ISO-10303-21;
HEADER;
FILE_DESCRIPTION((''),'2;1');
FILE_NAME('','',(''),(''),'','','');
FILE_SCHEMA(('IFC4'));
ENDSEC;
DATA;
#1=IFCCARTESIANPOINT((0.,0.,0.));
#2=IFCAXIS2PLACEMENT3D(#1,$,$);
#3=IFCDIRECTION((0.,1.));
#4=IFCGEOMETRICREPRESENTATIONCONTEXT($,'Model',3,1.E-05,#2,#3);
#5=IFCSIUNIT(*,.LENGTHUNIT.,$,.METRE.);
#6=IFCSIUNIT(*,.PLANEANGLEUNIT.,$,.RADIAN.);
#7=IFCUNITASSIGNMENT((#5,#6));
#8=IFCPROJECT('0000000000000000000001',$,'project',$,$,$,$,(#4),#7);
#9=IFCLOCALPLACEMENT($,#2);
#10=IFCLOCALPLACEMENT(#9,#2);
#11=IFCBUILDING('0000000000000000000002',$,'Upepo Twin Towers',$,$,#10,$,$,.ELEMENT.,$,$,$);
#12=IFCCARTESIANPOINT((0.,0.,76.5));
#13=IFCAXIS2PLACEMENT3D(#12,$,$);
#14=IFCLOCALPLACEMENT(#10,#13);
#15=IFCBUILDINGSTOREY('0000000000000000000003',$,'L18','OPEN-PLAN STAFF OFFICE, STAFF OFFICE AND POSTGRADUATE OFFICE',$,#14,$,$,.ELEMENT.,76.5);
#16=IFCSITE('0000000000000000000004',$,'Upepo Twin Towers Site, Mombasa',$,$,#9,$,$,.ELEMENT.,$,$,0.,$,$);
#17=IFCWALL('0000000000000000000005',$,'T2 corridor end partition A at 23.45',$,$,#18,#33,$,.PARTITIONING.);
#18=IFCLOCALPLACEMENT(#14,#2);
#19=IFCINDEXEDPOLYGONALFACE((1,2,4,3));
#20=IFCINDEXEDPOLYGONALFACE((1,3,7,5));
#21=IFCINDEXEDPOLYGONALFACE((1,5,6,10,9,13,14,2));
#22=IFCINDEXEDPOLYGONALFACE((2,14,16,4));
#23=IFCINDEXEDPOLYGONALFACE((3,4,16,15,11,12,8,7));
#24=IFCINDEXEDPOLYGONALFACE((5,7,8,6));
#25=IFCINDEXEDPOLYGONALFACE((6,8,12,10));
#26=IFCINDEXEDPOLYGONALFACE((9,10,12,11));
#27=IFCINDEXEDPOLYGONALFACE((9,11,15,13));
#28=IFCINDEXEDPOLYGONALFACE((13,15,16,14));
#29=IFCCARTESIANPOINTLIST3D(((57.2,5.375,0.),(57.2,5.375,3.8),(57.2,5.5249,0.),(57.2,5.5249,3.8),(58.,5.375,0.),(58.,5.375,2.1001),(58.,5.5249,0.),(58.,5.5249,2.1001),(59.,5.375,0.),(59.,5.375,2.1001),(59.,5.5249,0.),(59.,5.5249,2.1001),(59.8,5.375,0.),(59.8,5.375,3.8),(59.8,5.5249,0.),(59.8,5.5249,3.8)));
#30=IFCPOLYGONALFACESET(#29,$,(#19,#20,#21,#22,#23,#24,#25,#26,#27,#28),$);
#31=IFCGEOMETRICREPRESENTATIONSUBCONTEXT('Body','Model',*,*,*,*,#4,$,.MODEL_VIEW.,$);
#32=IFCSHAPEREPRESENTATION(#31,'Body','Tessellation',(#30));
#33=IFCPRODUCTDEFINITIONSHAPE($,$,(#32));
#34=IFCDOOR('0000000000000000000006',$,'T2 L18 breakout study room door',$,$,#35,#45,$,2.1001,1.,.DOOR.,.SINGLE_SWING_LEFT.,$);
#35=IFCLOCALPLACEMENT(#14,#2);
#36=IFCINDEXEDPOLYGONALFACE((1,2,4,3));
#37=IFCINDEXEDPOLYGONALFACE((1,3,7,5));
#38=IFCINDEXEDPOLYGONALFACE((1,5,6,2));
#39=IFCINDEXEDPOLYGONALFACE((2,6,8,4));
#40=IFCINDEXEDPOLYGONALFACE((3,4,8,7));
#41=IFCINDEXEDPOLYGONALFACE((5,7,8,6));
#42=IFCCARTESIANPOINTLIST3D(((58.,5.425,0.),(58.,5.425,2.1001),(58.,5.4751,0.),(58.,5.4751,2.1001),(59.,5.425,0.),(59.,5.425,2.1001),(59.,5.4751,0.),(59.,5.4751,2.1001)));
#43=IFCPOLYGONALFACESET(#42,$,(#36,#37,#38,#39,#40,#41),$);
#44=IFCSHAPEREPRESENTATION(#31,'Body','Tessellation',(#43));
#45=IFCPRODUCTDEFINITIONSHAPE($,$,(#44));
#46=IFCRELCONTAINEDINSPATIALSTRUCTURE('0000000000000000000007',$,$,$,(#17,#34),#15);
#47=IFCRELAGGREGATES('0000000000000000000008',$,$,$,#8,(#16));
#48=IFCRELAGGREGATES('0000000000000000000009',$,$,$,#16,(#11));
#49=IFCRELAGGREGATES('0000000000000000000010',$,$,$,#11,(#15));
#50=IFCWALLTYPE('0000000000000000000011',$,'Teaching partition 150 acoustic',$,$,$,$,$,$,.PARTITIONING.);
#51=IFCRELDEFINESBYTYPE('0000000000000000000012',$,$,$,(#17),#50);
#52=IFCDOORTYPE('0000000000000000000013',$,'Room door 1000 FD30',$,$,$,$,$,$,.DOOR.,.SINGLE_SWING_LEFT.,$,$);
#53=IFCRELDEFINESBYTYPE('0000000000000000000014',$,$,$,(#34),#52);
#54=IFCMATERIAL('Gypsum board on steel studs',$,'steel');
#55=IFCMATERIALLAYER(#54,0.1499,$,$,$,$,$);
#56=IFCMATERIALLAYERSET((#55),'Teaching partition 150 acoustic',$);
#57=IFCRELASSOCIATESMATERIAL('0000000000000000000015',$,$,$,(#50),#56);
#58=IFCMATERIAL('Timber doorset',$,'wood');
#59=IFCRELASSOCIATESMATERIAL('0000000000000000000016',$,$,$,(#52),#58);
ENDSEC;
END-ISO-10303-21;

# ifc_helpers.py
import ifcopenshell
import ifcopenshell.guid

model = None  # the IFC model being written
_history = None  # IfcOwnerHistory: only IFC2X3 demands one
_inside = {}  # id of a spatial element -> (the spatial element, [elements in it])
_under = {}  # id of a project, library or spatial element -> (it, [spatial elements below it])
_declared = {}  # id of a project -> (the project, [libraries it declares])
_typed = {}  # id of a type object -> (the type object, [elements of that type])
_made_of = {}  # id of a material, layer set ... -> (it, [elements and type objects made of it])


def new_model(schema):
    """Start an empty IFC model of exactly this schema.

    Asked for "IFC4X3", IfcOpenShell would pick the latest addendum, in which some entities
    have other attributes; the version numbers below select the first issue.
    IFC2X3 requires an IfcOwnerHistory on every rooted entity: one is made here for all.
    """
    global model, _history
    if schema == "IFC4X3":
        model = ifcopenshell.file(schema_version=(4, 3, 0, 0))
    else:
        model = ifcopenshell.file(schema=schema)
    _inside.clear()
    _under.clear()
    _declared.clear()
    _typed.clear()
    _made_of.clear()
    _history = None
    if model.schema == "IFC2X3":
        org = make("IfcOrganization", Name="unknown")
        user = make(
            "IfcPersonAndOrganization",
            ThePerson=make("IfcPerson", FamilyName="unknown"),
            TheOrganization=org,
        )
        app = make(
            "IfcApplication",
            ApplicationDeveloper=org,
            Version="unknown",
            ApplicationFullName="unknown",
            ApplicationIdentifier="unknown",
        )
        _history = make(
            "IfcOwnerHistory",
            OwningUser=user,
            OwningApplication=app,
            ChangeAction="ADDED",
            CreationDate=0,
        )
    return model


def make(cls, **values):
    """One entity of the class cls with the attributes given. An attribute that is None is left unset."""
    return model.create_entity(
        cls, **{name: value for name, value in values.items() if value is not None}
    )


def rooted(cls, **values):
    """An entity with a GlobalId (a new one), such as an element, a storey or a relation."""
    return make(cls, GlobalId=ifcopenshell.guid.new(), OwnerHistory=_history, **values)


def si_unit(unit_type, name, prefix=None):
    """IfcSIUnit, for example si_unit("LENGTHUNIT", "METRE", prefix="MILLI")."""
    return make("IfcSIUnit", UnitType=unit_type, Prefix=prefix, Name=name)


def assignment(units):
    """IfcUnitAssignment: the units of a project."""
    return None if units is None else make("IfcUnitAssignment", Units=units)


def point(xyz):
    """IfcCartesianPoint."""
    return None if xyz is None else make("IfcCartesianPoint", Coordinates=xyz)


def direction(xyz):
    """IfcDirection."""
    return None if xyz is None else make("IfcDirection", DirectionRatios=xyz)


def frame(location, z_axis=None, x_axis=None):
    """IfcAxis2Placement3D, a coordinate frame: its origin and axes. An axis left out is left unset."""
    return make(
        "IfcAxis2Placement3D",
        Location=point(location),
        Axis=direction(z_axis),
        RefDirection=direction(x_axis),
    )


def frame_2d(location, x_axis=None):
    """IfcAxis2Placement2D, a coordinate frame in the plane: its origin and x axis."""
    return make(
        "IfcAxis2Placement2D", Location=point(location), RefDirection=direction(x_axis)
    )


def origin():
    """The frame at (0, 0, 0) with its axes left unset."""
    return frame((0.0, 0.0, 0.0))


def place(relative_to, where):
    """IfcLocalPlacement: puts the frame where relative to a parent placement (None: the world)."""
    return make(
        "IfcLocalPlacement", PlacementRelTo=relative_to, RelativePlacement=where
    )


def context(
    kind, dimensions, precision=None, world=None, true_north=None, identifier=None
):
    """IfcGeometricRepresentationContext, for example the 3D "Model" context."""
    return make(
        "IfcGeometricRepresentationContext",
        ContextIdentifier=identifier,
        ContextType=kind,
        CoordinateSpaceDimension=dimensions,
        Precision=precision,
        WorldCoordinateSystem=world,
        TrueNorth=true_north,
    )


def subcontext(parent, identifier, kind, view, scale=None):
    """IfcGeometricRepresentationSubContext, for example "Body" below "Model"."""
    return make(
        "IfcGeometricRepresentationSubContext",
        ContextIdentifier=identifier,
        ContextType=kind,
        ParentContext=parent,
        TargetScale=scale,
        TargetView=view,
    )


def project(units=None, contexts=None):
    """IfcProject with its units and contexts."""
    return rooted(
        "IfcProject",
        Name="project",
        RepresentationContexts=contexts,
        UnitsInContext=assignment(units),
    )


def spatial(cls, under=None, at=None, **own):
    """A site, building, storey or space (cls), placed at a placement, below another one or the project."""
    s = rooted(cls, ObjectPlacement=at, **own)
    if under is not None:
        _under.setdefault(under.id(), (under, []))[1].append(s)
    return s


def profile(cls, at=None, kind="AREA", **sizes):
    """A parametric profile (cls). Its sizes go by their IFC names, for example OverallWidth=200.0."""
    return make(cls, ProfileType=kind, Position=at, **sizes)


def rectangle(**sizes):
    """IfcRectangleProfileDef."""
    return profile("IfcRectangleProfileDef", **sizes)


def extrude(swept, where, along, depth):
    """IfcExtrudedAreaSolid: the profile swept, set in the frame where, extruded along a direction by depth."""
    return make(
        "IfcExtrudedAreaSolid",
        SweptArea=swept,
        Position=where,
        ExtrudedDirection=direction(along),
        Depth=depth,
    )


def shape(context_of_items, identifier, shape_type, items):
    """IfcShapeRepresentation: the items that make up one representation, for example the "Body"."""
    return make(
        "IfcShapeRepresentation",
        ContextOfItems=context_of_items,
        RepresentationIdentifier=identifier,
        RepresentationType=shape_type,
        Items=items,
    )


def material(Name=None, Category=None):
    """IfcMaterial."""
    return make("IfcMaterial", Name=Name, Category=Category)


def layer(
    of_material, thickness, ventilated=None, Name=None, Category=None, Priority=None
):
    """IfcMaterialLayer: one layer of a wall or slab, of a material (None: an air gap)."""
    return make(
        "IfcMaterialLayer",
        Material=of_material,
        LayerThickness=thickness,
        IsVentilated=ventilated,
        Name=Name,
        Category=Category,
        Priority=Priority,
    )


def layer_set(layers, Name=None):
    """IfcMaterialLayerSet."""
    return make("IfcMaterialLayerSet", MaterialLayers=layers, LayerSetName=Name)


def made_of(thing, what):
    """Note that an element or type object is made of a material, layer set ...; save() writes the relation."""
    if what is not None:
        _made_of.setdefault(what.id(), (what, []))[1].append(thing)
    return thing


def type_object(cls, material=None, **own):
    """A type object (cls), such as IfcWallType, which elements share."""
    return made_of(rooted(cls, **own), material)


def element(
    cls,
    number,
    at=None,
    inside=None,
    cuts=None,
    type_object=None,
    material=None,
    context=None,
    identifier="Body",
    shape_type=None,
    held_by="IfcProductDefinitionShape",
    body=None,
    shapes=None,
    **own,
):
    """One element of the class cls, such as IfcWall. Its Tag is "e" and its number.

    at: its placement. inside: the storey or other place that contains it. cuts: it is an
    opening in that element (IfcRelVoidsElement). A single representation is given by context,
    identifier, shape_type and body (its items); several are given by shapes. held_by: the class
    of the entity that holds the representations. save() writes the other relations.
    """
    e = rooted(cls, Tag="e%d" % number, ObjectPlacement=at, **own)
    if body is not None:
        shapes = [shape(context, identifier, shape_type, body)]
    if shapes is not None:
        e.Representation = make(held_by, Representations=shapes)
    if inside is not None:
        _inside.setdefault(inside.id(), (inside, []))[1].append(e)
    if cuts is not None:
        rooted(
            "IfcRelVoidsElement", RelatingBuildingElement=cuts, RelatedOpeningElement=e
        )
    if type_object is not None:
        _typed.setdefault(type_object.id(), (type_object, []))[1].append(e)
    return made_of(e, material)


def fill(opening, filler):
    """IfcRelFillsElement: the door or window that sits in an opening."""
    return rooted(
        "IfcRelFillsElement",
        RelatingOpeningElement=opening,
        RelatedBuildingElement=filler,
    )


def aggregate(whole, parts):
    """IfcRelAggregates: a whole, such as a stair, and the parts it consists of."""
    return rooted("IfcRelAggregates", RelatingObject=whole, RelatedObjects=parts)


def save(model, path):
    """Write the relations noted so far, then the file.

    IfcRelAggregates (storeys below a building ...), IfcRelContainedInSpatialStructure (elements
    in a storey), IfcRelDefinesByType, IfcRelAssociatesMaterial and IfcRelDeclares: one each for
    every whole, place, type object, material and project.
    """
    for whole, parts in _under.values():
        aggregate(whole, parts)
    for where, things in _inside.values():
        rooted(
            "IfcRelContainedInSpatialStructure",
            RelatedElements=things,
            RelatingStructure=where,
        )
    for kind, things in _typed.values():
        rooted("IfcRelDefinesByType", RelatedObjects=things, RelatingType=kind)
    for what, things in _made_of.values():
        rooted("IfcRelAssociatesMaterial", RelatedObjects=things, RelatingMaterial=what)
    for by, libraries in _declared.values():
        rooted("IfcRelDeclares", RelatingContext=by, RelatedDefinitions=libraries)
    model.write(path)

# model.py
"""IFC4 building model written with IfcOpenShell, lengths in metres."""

from ifc_helpers import new_model, si_unit, direction, frame, frame_2d, origin, place, context, subcontext, project, spatial, rectangle, extrude, material, layer, layer_set, type_object, element, fill, save


model = new_model("IFC4")

# Units and contexts
model_context = context("Model", 3, precision=1e-05, world=origin(), true_north=direction((0.0, 1.0)))
body_context = subcontext(model_context, "Body", "Model", "MODEL_VIEW")
ifc_project = project(units=[si_unit("LENGTHUNIT", "METRE"), si_unit("PLANEANGLEUNIT", "RADIAN")], contexts=[model_context])

# Site, building, storey
site_placement = place(None, origin())
site = spatial("IfcSite", under=ifc_project, at=site_placement, Name="Upepo Twin Towers Site, Mombasa", CompositionType="ELEMENT", RefElevation=0.0)
building_placement = place(site_placement, origin())
building = spatial("IfcBuilding", under=site, at=building_placement, Name="Upepo Twin Towers", CompositionType="ELEMENT")
storey_placement = place(building_placement, frame((0.0, 0.0, 76.5)))
storey = spatial("IfcBuildingStorey", under=building, at=storey_placement, Name="L18", Description="OPEN-PLAN STAFF OFFICE, STAFF OFFICE AND POSTGRADUATE OFFICE", CompositionType="ELEMENT", Elevation=76.5)

# Wall, opening, door
ifc_material_1 = material(Name="Gypsum board on steel studs", Category="steel")
ifc_layer_1 = layer(ifc_material_1, 0.1499)
ifc_layer_set_1 = layer_set([ifc_layer_1], Name="Teaching partition 150 acoustic")
wall_type_1 = type_object("IfcWallType", Name="Teaching partition 150 acoustic", PredefinedType="PARTITIONING", material=ifc_layer_set_1)
wall_1_placement = place(storey_placement, frame((59.8, 5.45, 0.0), z_axis=(0.0, 0.0, 1.0), x_axis=(-1.0, 0.0, 0.0)))
wall_1 = element("IfcWall", 1, at=wall_1_placement, inside=storey, type_object=wall_type_1, Name="T2 corridor end partition A at 23.45", PredefinedType="PARTITIONING", context=body_context, shape_type="SweptSolid", body=[
    extrude(rectangle(XDim=2.6001, YDim=0.1499, at=frame_2d((1.3, 0.0))), origin(), (0.0, 0.0, 1.0), 3.8),
])
opening_placement = place(wall_1_placement, frame((0.8, 0.0, 0.0)))
opening = element("IfcOpeningElement", 2, at=opening_placement, cuts=wall_1, PredefinedType="OPENING", context=body_context, shape_type="SweptSolid", body=[
    extrude(rectangle(XDim=1.0, YDim=2.1001, at=frame_2d((0.5, 1.05))), frame((0.0, 0.085, 0.0), z_axis=(0.0, -1.0, 0.0), x_axis=(1.0, 0.0, 0.0)), (0.0, 0.0, 1.0), 0.1699),
])
ifc_material_2 = material(Name="Timber doorset", Category="wood")
door_type = type_object("IfcDoorType", Name="Room door 1000 FD30", OperationType="SINGLE_SWING_LEFT", PredefinedType="DOOR", material=ifc_material_2)
door_placement = place(opening_placement, origin())
door = element("IfcDoor", 3, at=door_placement, inside=storey, type_object=door_type, Name="T2 L18 breakout study room door", OperationType="SINGLE_SWING_LEFT", OverallHeight=2.1001, OverallWidth=1.0, PredefinedType="DOOR", context=body_context, shape_type="SweptSolid", body=[
    extrude(rectangle(XDim=1.0, YDim=2.1001, at=frame_2d((0.5, 1.05))), frame((0.0, 0.0249, 0.0), z_axis=(0.0, -1.0, 0.0), x_axis=(1.0, 0.0, 0.0)), (0.0, 0.0, 1.0), 0.05),
])
fill(opening, door)

save(model, "model.ifc")
